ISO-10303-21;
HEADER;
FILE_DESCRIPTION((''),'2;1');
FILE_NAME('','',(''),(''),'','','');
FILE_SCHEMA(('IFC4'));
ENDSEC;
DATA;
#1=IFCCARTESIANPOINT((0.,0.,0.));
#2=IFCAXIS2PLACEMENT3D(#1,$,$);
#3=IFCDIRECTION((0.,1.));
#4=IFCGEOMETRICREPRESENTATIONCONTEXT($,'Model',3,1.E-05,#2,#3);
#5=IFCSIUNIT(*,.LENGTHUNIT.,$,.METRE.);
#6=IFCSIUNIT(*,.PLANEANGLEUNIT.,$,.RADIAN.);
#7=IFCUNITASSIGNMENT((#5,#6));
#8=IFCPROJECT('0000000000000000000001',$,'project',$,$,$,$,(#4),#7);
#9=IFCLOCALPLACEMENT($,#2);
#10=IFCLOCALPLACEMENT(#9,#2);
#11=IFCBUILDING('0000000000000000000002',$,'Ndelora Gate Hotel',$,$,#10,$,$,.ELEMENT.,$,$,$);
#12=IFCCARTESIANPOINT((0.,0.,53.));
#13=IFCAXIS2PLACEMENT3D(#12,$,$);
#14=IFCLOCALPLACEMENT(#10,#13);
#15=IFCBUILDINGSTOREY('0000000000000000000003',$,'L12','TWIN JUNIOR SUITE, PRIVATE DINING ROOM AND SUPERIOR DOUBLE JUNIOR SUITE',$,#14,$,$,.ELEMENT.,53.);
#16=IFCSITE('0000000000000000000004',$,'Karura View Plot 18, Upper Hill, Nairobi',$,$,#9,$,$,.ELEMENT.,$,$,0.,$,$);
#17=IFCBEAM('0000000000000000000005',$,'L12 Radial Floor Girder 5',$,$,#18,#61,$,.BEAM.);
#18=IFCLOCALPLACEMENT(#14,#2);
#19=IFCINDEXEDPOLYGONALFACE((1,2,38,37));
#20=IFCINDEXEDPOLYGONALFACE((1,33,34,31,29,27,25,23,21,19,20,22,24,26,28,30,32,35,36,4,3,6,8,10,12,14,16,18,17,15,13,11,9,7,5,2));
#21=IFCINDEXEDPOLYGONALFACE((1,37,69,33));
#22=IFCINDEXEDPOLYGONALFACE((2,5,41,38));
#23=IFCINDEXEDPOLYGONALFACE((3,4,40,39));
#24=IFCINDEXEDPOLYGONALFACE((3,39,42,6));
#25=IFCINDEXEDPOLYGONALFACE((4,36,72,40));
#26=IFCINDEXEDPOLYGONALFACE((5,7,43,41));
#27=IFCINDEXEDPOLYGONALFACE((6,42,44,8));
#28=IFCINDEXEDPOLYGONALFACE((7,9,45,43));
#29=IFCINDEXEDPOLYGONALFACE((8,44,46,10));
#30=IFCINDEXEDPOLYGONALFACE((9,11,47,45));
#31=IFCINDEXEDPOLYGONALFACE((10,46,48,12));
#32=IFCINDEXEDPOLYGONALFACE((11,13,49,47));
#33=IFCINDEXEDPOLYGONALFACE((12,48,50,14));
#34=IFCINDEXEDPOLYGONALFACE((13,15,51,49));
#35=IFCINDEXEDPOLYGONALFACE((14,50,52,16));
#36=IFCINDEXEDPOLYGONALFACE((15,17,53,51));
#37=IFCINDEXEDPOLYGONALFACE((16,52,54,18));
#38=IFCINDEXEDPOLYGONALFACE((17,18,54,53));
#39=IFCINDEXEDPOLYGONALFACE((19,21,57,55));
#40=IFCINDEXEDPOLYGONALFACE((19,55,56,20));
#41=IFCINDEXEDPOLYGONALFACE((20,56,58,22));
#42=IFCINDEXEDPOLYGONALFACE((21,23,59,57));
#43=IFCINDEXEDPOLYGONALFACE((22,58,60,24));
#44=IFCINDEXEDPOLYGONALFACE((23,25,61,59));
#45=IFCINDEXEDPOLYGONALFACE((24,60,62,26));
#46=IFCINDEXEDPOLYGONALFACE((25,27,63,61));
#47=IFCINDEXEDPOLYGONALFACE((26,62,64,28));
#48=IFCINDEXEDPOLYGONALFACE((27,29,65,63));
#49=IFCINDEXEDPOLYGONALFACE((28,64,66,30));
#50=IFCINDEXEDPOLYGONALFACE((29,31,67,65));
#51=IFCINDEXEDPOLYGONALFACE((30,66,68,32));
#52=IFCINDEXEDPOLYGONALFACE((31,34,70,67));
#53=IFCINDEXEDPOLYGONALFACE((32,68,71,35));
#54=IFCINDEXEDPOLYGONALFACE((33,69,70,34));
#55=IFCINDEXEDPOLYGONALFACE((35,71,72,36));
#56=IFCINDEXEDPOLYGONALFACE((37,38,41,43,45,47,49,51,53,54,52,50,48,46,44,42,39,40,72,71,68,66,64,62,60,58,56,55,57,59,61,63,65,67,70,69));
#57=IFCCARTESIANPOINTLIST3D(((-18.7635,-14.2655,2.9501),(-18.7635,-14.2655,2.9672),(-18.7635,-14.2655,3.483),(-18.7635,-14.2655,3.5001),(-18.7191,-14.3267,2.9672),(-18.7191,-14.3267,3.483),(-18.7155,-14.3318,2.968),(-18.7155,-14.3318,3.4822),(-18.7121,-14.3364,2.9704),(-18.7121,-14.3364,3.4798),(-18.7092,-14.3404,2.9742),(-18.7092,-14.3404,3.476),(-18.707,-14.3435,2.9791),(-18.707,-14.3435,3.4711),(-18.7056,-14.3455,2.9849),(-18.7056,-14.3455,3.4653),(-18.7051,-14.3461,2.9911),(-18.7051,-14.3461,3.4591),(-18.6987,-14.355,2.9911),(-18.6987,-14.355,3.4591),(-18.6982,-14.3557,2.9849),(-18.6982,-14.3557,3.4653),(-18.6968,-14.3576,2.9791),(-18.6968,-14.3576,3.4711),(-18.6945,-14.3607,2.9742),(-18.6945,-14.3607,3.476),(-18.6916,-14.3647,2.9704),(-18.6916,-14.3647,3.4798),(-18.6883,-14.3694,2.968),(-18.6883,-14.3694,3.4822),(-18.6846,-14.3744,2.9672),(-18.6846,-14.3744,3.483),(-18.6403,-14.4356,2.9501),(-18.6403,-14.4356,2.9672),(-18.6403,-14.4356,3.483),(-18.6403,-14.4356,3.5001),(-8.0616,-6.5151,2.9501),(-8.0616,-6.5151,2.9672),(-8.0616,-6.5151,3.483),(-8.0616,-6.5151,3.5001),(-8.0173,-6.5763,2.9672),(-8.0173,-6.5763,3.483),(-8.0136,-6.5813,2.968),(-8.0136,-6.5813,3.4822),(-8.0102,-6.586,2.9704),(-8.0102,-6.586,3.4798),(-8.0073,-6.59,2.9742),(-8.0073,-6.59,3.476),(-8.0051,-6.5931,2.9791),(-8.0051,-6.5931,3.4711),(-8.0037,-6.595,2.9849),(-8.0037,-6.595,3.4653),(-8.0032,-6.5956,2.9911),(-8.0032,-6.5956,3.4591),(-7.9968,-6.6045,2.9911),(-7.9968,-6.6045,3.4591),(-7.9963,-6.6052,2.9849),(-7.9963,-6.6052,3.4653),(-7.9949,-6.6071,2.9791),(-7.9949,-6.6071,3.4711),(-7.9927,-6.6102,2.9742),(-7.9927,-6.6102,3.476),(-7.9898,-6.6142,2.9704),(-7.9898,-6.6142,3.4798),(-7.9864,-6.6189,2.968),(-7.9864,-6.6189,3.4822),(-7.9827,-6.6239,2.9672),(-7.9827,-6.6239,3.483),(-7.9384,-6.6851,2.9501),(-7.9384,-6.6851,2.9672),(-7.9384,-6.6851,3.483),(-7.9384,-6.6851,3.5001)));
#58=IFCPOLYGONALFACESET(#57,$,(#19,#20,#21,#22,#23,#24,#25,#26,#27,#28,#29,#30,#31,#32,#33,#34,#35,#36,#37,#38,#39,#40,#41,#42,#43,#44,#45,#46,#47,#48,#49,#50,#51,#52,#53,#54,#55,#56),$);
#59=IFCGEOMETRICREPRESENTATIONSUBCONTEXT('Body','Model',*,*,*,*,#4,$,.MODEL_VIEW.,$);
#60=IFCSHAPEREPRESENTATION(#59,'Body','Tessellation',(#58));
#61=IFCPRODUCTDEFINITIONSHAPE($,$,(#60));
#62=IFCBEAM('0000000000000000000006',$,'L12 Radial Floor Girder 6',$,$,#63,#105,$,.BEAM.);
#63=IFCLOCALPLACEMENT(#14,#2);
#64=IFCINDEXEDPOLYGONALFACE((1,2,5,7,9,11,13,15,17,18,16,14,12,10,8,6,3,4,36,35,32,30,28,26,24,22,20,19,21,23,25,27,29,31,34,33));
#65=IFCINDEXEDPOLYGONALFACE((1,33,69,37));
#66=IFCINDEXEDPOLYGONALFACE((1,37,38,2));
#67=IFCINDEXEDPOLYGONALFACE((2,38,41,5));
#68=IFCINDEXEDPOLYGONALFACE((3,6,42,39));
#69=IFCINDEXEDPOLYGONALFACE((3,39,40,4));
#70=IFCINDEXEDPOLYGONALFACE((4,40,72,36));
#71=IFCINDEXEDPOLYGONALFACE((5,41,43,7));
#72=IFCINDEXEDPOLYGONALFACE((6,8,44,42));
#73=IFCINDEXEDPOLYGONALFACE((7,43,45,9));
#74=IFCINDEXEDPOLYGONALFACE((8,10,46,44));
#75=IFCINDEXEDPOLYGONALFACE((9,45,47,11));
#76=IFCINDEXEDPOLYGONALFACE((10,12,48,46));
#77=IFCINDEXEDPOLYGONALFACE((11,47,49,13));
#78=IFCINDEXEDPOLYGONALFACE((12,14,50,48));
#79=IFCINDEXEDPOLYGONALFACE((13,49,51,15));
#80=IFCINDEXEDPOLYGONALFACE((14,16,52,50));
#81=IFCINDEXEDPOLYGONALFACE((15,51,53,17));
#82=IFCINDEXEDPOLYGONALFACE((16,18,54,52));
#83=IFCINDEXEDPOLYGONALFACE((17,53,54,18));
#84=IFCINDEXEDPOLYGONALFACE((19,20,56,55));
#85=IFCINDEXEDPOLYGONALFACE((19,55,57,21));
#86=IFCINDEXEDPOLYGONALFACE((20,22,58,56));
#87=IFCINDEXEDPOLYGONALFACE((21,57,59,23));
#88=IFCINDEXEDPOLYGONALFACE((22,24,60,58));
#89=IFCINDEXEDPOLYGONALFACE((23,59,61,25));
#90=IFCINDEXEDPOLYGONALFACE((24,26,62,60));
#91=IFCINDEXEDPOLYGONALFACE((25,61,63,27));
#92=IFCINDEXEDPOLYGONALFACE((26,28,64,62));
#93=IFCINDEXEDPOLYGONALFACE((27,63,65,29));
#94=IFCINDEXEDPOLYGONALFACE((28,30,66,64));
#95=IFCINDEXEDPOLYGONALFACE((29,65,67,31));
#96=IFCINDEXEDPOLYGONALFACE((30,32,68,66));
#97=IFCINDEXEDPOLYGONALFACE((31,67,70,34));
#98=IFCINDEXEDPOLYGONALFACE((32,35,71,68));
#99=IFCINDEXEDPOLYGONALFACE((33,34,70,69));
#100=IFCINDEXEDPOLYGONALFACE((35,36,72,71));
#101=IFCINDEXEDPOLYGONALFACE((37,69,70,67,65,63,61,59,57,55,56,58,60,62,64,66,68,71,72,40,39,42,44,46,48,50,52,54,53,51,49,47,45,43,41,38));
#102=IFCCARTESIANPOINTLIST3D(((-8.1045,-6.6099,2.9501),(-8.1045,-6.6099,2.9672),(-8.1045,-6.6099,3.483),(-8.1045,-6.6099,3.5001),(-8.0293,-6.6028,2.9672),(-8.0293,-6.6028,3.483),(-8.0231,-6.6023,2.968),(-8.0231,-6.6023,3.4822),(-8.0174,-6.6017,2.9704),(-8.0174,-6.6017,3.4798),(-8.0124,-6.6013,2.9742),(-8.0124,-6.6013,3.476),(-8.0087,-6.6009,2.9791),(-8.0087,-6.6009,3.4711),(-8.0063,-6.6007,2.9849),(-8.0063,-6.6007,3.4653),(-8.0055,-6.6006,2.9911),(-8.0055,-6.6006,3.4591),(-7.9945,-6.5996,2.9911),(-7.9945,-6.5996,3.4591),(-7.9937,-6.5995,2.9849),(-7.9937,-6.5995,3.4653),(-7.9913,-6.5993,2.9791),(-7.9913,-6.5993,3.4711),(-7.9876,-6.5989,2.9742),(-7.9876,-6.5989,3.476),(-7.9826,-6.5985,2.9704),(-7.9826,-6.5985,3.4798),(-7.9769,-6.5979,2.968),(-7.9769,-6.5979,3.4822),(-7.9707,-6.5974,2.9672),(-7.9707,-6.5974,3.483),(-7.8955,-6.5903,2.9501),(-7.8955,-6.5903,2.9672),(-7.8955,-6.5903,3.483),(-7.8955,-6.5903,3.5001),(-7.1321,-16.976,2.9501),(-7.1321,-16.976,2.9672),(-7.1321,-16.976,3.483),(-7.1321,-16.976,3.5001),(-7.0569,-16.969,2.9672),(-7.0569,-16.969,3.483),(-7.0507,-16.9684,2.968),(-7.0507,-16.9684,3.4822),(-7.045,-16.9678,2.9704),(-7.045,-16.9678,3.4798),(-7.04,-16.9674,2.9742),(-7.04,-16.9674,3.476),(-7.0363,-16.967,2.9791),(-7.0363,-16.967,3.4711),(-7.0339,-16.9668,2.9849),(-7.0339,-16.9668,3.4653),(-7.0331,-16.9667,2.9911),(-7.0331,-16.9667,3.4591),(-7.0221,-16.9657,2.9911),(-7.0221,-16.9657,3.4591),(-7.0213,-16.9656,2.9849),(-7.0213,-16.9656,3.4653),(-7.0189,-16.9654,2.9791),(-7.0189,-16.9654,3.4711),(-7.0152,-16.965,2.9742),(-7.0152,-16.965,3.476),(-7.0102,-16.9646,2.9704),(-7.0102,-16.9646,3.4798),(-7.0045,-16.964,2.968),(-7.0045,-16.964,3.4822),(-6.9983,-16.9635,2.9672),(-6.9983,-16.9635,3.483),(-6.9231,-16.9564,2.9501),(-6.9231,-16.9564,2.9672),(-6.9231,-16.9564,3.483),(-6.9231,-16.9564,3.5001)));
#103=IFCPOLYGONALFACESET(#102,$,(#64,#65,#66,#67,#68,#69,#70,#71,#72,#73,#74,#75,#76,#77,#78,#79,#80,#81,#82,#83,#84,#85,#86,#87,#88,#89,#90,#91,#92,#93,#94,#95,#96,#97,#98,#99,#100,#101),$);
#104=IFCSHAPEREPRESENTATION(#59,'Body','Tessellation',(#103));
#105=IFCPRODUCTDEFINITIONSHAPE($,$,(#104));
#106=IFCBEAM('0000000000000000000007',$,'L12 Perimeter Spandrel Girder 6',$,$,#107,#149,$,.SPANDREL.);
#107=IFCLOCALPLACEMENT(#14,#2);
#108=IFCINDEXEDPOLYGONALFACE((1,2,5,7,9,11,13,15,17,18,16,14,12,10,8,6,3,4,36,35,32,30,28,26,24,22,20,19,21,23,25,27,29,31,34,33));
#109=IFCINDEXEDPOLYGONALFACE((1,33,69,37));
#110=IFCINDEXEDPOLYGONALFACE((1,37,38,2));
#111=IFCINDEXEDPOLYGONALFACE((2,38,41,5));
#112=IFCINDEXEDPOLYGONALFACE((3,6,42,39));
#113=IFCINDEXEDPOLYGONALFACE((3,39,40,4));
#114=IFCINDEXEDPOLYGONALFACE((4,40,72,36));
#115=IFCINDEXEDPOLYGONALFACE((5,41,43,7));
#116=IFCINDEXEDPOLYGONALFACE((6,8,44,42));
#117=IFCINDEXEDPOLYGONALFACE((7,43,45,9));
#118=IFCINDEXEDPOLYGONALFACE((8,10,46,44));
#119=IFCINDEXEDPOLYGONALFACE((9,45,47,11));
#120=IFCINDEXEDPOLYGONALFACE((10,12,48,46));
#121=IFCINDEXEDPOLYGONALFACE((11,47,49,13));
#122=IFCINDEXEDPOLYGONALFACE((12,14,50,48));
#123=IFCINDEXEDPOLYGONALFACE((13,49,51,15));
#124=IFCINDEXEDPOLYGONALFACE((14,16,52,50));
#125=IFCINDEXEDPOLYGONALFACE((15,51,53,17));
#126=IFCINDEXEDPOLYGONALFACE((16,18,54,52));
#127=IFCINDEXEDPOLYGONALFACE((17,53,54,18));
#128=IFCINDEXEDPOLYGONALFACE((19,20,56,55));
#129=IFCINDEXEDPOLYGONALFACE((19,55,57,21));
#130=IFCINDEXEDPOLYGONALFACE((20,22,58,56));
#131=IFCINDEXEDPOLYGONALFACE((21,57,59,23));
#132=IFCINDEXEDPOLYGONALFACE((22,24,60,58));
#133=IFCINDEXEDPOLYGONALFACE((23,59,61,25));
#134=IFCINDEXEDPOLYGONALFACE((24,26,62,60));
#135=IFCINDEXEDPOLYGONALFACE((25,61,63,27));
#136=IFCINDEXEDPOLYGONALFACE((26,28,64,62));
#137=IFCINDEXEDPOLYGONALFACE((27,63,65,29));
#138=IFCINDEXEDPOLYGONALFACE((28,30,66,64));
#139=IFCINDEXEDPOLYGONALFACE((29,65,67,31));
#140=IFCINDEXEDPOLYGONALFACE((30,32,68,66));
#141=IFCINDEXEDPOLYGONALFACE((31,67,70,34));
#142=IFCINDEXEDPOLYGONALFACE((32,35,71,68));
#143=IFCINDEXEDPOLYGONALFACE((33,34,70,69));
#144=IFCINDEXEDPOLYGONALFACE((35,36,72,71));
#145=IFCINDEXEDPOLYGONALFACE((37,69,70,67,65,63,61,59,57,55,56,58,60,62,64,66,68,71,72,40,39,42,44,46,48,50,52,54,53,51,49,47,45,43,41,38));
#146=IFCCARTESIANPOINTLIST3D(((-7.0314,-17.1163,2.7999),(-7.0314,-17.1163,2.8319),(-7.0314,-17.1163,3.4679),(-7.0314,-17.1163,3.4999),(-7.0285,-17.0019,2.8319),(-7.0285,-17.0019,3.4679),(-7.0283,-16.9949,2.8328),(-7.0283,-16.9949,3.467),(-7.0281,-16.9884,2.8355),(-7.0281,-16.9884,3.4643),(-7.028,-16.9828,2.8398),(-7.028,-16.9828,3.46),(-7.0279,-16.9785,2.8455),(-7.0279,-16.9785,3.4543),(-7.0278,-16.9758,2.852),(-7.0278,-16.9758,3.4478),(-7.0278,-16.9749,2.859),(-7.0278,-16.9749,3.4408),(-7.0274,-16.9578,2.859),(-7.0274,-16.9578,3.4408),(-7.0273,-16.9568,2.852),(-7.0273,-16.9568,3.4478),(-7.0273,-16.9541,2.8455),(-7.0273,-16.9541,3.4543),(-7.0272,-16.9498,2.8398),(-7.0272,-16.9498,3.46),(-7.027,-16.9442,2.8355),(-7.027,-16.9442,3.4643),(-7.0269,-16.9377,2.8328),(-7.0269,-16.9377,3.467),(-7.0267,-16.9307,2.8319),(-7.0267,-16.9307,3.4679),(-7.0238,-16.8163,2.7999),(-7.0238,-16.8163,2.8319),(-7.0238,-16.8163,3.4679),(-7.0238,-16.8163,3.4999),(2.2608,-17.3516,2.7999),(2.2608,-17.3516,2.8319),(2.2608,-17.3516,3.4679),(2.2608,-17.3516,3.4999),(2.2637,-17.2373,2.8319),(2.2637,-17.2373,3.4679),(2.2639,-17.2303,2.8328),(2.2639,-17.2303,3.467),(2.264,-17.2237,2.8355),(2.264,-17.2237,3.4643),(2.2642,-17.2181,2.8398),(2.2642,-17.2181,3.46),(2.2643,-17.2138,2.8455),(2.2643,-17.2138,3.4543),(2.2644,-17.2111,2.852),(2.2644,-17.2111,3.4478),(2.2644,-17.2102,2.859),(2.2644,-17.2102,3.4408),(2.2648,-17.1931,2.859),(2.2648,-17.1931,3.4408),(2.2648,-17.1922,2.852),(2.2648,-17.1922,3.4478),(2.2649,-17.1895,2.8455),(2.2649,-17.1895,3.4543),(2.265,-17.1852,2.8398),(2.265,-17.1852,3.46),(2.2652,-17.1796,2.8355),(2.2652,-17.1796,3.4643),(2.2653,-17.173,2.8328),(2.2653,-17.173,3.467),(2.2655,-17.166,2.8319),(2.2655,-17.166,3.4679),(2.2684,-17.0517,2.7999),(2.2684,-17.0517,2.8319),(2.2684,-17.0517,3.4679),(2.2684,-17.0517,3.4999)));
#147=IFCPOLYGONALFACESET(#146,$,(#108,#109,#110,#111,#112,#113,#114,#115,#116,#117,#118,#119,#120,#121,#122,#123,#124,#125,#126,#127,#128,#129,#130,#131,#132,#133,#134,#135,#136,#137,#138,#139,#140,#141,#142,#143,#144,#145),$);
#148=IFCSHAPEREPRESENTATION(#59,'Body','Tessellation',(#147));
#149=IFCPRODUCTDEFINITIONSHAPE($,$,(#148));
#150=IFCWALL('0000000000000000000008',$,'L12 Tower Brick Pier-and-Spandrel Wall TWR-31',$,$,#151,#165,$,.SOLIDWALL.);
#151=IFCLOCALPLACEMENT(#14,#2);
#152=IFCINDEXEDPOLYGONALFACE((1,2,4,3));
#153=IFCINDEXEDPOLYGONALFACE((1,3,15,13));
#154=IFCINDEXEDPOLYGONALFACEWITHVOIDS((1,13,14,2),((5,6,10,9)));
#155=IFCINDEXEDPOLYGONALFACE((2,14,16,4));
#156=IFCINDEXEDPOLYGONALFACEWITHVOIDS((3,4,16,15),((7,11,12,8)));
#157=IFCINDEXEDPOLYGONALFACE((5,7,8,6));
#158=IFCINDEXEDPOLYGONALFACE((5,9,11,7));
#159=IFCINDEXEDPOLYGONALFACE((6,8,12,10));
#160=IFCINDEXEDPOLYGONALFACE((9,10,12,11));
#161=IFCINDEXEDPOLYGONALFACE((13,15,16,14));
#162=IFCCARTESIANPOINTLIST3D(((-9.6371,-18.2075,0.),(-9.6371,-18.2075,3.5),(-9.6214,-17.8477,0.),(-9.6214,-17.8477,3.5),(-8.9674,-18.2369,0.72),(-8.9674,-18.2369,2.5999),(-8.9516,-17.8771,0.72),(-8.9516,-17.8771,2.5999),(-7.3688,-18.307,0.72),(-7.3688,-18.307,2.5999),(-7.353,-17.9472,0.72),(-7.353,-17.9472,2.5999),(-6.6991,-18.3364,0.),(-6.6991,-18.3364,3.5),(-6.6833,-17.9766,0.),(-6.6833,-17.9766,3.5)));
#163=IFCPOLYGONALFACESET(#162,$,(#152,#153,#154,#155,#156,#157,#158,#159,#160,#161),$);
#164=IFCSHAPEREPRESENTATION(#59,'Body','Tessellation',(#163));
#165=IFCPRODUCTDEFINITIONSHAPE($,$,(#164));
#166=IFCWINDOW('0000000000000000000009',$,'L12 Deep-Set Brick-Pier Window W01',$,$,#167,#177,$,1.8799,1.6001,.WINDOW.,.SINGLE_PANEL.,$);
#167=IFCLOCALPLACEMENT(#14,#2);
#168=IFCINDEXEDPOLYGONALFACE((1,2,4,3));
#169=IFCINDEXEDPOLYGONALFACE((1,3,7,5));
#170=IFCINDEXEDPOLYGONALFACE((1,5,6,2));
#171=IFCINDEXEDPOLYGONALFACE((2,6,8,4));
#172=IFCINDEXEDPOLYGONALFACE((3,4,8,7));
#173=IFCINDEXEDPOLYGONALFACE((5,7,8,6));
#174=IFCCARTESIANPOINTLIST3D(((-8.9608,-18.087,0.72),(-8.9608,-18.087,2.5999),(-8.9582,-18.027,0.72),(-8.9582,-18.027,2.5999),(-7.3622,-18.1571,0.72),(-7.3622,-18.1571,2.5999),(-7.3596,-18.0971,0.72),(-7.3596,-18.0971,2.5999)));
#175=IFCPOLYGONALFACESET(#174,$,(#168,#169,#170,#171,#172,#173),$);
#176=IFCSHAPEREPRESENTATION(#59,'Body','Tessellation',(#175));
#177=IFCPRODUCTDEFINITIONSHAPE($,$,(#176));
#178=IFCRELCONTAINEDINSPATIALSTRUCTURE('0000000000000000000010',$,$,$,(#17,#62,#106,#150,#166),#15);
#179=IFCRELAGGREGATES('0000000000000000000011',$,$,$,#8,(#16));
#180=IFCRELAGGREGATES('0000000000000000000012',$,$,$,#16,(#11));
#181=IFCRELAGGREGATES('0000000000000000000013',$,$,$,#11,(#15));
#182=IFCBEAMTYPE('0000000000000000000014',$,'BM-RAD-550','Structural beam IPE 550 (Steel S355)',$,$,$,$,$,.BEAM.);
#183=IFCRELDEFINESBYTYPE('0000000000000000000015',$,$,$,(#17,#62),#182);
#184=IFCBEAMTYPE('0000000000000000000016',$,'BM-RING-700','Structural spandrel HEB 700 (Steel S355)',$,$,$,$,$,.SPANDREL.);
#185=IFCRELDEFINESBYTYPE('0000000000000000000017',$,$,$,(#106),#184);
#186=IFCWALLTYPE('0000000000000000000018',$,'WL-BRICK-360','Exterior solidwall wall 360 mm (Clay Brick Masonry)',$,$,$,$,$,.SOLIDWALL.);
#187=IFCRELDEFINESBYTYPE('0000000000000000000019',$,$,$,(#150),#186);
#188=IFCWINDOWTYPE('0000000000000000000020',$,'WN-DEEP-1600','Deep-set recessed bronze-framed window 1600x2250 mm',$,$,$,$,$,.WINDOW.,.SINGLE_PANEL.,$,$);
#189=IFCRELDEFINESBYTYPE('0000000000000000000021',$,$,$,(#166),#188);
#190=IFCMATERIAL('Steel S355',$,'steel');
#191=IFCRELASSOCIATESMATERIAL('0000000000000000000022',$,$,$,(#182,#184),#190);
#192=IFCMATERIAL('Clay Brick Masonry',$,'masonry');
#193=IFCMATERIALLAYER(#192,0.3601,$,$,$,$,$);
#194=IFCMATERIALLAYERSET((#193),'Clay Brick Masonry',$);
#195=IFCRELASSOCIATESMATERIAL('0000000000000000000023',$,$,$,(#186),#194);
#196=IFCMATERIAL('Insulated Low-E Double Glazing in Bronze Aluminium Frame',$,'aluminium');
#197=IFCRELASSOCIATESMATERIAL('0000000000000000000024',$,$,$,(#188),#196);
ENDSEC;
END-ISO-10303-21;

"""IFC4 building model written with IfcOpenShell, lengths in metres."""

from ifc_helpers import new_model, si_unit, direction, frame, frame_2d, origin, origin_2d, place, context, subcontext, project, spatial, rectangle, i_section, extrude, material, layer, layer_set, material_profile, profile_set, type_object, element, fill, save


model = new_model("IFC4")

# Units and contexts
model_context = context("Model", 3, precision=1e-05, world=origin(), true_north=direction((0.0, 1.0)))
body_context = subcontext(model_context, "Body", "Model", "MODEL_VIEW")
ifc_project = project(units=[si_unit("LENGTHUNIT", "METRE"), si_unit("PLANEANGLEUNIT", "RADIAN")], contexts=[model_context])

# Site, building, storey
site_placement = place(None, origin())
site = spatial("IfcSite", under=ifc_project, at=site_placement, Name="Karura View Plot 18, Upper Hill, Nairobi", CompositionType="ELEMENT", RefElevation=0.0)
building_placement = place(site_placement, origin())
building = spatial("IfcBuilding", under=site, at=building_placement, Name="Ndelora Gate Hotel", CompositionType="ELEMENT")
storey_placement = place(building_placement, frame((0.0, 0.0, 53.0)))
storey = spatial("IfcBuildingStorey", under=building, at=storey_placement, Name="L12", Description="TWIN JUNIOR SUITE, PRIVATE DINING ROOM AND SUPERIOR DOUBLE JUNIOR SUITE", CompositionType="ELEMENT", Elevation=53.0)

# Beams
ifc_material_1 = material(Name="Steel S355", Category="steel")
ifc_material_profile_1 = material_profile(ifc_material_1, i_section(OverallWidth=0.21, OverallDepth=0.55, WebThickness=0.011, FlangeThickness=0.0171, FilletRadius=0.0239, at=origin_2d()), Name="IPE 550")
ifc_profile_set_1 = profile_set([ifc_material_profile_1], Name="Steel S355")
beam_type_1 = type_object("IfcBeamType", Name="BM-RAD-550", Description="Structural beam IPE 550 (Steel S355)", PredefinedType="BEAM", material=ifc_profile_set_1)
beam_1_placement = place(storey_placement, frame((-8.0, -6.6001, 3.2251), z_axis=(-0.809912, -0.586551, 0.0), x_axis=(0.586551, -0.809912, 0.0)))
element("IfcBeam", 1, at=beam_1_placement, inside=storey, type_object=beam_type_1, Name="L12 Radial Floor Girder 5", PredefinedType="BEAM", context=body_context, shape_type="SweptSolid", body=[
    extrude(i_section(OverallWidth=0.21, OverallDepth=0.55, WebThickness=0.011, FlangeThickness=0.0171, FilletRadius=0.0239, at=origin_2d()), origin(), (0.0, 0.0, 1.0), 13.2136),
])
beam_2_placement = place(storey_placement, frame((-8.0, -6.6001, 3.2251), z_axis=(0.093396, -0.995629, 0.0), x_axis=(0.995629, 0.093396, 0.0)))
element("IfcBeam", 2, at=beam_2_placement, inside=storey, type_object=beam_type_1, Name="L12 Radial Floor Girder 6", PredefinedType="BEAM", context=body_context, shape_type="SweptSolid", body=[
    extrude(i_section(OverallWidth=0.21, OverallDepth=0.55, WebThickness=0.011, FlangeThickness=0.0171, FilletRadius=0.0239, at=origin_2d()), origin(), (0.0, 0.0, 1.0), 10.4116),
])
ifc_material_profile_2 = material_profile(ifc_material_1, i_section(OverallWidth=0.3, OverallDepth=0.7, WebThickness=0.0171, FlangeThickness=0.032, FilletRadius=0.0271, at=origin_2d()), Name="HEB 700")
ifc_profile_set_2 = profile_set([ifc_material_profile_2], Name="Steel S355")
beam_type_2 = type_object("IfcBeamType", Name="BM-RING-700", Description="Structural spandrel HEB 700 (Steel S355)", PredefinedType="SPANDREL", material=ifc_profile_set_2)
beam_3_placement = place(storey_placement, frame((-7.0276, -16.9663, 3.1499), z_axis=(0.999679, -0.02532, 0.0), x_axis=(0.02532, 0.999679, 0.0)))
element("IfcBeam", 3, at=beam_3_placement, inside=storey, type_object=beam_type_2, Name="L12 Perimeter Spandrel Girder 6", PredefinedType="SPANDREL", context=body_context, shape_type="SweptSolid", body=[
    extrude(i_section(OverallWidth=0.3, OverallDepth=0.7, WebThickness=0.0171, FlangeThickness=0.032, FilletRadius=0.0271, at=origin_2d()), origin(), (0.0, 0.0, 1.0), 9.2952),
])

# Wall, opening, window
ifc_material_2 = material(Name="Clay Brick Masonry", Category="masonry")
ifc_layer_1 = layer(ifc_material_2, 0.3601)
ifc_layer_set_1 = layer_set([ifc_layer_1], Name="Clay Brick Masonry")
wall_type_1 = type_object("IfcWallType", Name="WL-BRICK-360", Description="Exterior solidwall wall 360 mm (Clay Brick Masonry)", PredefinedType="SOLIDWALL", material=ifc_layer_set_1)
wall_1_placement = place(storey_placement, frame((-6.6912, -18.1565, 0.0), z_axis=(0.0, 0.0, 1.0), x_axis=(-0.999039, 0.043834, 0.0)))
wall_1 = element("IfcWall", 4, at=wall_1_placement, inside=storey, type_object=wall_type_1, Name="L12 Tower Brick Pier-and-Spandrel Wall TWR-31", PredefinedType="SOLIDWALL", context=body_context, shape_type="SweptSolid", body=[
    extrude(rectangle(XDim=2.9409, YDim=0.3601, at=frame_2d((1.4705, 0.0))), origin(), (0.0, 0.0, 1.0), 3.5),
])
opening_1_placement = place(wall_1_placement, frame((0.6704, 0.0, 0.72)))
opening_1 = element("IfcOpeningElement", 5, at=opening_1_placement, cuts=wall_1, PredefinedType="OPENING", context=body_context, shape_type="SweptSolid", body=[
    extrude(rectangle(XDim=1.6001, YDim=1.8799, at=frame_2d((0.8, 0.9399))), frame((0.0, 0.1899, 0.0), z_axis=(0.0, -1.0, 0.0), x_axis=(1.0, 0.0, 0.0)), (0.0, 0.0, 1.0), 0.3801),
])
ifc_material_3 = material(Name="Insulated Low-E Double Glazing in Bronze Aluminium Frame", Category="aluminium")
window_type = type_object("IfcWindowType", Name="WN-DEEP-1600", Description="Deep-set recessed bronze-framed window 1600x2250 mm", PartitioningType="SINGLE_PANEL", PredefinedType="WINDOW", material=ifc_material_3)
window_1_placement = place(opening_1_placement, origin())
window_1 = element("IfcWindow", 6, at=window_1_placement, inside=storey, type_object=window_type, Name="L12 Deep-Set Brick-Pier Window W01", OverallHeight=1.8799, OverallWidth=1.6001, PartitioningType="SINGLE_PANEL", PredefinedType="WINDOW", context=body_context, shape_type="SweptSolid", body=[
    extrude(rectangle(XDim=1.6001, YDim=1.8799, at=frame_2d((0.8, 0.9399))), frame((0.0, 0.03, 0.0), z_axis=(0.0, -1.0, 0.0), x_axis=(1.0, 0.0, 0.0)), (0.0, 0.0, 1.0), 0.0601),
])
fill(opening_1, window_1)

save(model, "model.ifc")
